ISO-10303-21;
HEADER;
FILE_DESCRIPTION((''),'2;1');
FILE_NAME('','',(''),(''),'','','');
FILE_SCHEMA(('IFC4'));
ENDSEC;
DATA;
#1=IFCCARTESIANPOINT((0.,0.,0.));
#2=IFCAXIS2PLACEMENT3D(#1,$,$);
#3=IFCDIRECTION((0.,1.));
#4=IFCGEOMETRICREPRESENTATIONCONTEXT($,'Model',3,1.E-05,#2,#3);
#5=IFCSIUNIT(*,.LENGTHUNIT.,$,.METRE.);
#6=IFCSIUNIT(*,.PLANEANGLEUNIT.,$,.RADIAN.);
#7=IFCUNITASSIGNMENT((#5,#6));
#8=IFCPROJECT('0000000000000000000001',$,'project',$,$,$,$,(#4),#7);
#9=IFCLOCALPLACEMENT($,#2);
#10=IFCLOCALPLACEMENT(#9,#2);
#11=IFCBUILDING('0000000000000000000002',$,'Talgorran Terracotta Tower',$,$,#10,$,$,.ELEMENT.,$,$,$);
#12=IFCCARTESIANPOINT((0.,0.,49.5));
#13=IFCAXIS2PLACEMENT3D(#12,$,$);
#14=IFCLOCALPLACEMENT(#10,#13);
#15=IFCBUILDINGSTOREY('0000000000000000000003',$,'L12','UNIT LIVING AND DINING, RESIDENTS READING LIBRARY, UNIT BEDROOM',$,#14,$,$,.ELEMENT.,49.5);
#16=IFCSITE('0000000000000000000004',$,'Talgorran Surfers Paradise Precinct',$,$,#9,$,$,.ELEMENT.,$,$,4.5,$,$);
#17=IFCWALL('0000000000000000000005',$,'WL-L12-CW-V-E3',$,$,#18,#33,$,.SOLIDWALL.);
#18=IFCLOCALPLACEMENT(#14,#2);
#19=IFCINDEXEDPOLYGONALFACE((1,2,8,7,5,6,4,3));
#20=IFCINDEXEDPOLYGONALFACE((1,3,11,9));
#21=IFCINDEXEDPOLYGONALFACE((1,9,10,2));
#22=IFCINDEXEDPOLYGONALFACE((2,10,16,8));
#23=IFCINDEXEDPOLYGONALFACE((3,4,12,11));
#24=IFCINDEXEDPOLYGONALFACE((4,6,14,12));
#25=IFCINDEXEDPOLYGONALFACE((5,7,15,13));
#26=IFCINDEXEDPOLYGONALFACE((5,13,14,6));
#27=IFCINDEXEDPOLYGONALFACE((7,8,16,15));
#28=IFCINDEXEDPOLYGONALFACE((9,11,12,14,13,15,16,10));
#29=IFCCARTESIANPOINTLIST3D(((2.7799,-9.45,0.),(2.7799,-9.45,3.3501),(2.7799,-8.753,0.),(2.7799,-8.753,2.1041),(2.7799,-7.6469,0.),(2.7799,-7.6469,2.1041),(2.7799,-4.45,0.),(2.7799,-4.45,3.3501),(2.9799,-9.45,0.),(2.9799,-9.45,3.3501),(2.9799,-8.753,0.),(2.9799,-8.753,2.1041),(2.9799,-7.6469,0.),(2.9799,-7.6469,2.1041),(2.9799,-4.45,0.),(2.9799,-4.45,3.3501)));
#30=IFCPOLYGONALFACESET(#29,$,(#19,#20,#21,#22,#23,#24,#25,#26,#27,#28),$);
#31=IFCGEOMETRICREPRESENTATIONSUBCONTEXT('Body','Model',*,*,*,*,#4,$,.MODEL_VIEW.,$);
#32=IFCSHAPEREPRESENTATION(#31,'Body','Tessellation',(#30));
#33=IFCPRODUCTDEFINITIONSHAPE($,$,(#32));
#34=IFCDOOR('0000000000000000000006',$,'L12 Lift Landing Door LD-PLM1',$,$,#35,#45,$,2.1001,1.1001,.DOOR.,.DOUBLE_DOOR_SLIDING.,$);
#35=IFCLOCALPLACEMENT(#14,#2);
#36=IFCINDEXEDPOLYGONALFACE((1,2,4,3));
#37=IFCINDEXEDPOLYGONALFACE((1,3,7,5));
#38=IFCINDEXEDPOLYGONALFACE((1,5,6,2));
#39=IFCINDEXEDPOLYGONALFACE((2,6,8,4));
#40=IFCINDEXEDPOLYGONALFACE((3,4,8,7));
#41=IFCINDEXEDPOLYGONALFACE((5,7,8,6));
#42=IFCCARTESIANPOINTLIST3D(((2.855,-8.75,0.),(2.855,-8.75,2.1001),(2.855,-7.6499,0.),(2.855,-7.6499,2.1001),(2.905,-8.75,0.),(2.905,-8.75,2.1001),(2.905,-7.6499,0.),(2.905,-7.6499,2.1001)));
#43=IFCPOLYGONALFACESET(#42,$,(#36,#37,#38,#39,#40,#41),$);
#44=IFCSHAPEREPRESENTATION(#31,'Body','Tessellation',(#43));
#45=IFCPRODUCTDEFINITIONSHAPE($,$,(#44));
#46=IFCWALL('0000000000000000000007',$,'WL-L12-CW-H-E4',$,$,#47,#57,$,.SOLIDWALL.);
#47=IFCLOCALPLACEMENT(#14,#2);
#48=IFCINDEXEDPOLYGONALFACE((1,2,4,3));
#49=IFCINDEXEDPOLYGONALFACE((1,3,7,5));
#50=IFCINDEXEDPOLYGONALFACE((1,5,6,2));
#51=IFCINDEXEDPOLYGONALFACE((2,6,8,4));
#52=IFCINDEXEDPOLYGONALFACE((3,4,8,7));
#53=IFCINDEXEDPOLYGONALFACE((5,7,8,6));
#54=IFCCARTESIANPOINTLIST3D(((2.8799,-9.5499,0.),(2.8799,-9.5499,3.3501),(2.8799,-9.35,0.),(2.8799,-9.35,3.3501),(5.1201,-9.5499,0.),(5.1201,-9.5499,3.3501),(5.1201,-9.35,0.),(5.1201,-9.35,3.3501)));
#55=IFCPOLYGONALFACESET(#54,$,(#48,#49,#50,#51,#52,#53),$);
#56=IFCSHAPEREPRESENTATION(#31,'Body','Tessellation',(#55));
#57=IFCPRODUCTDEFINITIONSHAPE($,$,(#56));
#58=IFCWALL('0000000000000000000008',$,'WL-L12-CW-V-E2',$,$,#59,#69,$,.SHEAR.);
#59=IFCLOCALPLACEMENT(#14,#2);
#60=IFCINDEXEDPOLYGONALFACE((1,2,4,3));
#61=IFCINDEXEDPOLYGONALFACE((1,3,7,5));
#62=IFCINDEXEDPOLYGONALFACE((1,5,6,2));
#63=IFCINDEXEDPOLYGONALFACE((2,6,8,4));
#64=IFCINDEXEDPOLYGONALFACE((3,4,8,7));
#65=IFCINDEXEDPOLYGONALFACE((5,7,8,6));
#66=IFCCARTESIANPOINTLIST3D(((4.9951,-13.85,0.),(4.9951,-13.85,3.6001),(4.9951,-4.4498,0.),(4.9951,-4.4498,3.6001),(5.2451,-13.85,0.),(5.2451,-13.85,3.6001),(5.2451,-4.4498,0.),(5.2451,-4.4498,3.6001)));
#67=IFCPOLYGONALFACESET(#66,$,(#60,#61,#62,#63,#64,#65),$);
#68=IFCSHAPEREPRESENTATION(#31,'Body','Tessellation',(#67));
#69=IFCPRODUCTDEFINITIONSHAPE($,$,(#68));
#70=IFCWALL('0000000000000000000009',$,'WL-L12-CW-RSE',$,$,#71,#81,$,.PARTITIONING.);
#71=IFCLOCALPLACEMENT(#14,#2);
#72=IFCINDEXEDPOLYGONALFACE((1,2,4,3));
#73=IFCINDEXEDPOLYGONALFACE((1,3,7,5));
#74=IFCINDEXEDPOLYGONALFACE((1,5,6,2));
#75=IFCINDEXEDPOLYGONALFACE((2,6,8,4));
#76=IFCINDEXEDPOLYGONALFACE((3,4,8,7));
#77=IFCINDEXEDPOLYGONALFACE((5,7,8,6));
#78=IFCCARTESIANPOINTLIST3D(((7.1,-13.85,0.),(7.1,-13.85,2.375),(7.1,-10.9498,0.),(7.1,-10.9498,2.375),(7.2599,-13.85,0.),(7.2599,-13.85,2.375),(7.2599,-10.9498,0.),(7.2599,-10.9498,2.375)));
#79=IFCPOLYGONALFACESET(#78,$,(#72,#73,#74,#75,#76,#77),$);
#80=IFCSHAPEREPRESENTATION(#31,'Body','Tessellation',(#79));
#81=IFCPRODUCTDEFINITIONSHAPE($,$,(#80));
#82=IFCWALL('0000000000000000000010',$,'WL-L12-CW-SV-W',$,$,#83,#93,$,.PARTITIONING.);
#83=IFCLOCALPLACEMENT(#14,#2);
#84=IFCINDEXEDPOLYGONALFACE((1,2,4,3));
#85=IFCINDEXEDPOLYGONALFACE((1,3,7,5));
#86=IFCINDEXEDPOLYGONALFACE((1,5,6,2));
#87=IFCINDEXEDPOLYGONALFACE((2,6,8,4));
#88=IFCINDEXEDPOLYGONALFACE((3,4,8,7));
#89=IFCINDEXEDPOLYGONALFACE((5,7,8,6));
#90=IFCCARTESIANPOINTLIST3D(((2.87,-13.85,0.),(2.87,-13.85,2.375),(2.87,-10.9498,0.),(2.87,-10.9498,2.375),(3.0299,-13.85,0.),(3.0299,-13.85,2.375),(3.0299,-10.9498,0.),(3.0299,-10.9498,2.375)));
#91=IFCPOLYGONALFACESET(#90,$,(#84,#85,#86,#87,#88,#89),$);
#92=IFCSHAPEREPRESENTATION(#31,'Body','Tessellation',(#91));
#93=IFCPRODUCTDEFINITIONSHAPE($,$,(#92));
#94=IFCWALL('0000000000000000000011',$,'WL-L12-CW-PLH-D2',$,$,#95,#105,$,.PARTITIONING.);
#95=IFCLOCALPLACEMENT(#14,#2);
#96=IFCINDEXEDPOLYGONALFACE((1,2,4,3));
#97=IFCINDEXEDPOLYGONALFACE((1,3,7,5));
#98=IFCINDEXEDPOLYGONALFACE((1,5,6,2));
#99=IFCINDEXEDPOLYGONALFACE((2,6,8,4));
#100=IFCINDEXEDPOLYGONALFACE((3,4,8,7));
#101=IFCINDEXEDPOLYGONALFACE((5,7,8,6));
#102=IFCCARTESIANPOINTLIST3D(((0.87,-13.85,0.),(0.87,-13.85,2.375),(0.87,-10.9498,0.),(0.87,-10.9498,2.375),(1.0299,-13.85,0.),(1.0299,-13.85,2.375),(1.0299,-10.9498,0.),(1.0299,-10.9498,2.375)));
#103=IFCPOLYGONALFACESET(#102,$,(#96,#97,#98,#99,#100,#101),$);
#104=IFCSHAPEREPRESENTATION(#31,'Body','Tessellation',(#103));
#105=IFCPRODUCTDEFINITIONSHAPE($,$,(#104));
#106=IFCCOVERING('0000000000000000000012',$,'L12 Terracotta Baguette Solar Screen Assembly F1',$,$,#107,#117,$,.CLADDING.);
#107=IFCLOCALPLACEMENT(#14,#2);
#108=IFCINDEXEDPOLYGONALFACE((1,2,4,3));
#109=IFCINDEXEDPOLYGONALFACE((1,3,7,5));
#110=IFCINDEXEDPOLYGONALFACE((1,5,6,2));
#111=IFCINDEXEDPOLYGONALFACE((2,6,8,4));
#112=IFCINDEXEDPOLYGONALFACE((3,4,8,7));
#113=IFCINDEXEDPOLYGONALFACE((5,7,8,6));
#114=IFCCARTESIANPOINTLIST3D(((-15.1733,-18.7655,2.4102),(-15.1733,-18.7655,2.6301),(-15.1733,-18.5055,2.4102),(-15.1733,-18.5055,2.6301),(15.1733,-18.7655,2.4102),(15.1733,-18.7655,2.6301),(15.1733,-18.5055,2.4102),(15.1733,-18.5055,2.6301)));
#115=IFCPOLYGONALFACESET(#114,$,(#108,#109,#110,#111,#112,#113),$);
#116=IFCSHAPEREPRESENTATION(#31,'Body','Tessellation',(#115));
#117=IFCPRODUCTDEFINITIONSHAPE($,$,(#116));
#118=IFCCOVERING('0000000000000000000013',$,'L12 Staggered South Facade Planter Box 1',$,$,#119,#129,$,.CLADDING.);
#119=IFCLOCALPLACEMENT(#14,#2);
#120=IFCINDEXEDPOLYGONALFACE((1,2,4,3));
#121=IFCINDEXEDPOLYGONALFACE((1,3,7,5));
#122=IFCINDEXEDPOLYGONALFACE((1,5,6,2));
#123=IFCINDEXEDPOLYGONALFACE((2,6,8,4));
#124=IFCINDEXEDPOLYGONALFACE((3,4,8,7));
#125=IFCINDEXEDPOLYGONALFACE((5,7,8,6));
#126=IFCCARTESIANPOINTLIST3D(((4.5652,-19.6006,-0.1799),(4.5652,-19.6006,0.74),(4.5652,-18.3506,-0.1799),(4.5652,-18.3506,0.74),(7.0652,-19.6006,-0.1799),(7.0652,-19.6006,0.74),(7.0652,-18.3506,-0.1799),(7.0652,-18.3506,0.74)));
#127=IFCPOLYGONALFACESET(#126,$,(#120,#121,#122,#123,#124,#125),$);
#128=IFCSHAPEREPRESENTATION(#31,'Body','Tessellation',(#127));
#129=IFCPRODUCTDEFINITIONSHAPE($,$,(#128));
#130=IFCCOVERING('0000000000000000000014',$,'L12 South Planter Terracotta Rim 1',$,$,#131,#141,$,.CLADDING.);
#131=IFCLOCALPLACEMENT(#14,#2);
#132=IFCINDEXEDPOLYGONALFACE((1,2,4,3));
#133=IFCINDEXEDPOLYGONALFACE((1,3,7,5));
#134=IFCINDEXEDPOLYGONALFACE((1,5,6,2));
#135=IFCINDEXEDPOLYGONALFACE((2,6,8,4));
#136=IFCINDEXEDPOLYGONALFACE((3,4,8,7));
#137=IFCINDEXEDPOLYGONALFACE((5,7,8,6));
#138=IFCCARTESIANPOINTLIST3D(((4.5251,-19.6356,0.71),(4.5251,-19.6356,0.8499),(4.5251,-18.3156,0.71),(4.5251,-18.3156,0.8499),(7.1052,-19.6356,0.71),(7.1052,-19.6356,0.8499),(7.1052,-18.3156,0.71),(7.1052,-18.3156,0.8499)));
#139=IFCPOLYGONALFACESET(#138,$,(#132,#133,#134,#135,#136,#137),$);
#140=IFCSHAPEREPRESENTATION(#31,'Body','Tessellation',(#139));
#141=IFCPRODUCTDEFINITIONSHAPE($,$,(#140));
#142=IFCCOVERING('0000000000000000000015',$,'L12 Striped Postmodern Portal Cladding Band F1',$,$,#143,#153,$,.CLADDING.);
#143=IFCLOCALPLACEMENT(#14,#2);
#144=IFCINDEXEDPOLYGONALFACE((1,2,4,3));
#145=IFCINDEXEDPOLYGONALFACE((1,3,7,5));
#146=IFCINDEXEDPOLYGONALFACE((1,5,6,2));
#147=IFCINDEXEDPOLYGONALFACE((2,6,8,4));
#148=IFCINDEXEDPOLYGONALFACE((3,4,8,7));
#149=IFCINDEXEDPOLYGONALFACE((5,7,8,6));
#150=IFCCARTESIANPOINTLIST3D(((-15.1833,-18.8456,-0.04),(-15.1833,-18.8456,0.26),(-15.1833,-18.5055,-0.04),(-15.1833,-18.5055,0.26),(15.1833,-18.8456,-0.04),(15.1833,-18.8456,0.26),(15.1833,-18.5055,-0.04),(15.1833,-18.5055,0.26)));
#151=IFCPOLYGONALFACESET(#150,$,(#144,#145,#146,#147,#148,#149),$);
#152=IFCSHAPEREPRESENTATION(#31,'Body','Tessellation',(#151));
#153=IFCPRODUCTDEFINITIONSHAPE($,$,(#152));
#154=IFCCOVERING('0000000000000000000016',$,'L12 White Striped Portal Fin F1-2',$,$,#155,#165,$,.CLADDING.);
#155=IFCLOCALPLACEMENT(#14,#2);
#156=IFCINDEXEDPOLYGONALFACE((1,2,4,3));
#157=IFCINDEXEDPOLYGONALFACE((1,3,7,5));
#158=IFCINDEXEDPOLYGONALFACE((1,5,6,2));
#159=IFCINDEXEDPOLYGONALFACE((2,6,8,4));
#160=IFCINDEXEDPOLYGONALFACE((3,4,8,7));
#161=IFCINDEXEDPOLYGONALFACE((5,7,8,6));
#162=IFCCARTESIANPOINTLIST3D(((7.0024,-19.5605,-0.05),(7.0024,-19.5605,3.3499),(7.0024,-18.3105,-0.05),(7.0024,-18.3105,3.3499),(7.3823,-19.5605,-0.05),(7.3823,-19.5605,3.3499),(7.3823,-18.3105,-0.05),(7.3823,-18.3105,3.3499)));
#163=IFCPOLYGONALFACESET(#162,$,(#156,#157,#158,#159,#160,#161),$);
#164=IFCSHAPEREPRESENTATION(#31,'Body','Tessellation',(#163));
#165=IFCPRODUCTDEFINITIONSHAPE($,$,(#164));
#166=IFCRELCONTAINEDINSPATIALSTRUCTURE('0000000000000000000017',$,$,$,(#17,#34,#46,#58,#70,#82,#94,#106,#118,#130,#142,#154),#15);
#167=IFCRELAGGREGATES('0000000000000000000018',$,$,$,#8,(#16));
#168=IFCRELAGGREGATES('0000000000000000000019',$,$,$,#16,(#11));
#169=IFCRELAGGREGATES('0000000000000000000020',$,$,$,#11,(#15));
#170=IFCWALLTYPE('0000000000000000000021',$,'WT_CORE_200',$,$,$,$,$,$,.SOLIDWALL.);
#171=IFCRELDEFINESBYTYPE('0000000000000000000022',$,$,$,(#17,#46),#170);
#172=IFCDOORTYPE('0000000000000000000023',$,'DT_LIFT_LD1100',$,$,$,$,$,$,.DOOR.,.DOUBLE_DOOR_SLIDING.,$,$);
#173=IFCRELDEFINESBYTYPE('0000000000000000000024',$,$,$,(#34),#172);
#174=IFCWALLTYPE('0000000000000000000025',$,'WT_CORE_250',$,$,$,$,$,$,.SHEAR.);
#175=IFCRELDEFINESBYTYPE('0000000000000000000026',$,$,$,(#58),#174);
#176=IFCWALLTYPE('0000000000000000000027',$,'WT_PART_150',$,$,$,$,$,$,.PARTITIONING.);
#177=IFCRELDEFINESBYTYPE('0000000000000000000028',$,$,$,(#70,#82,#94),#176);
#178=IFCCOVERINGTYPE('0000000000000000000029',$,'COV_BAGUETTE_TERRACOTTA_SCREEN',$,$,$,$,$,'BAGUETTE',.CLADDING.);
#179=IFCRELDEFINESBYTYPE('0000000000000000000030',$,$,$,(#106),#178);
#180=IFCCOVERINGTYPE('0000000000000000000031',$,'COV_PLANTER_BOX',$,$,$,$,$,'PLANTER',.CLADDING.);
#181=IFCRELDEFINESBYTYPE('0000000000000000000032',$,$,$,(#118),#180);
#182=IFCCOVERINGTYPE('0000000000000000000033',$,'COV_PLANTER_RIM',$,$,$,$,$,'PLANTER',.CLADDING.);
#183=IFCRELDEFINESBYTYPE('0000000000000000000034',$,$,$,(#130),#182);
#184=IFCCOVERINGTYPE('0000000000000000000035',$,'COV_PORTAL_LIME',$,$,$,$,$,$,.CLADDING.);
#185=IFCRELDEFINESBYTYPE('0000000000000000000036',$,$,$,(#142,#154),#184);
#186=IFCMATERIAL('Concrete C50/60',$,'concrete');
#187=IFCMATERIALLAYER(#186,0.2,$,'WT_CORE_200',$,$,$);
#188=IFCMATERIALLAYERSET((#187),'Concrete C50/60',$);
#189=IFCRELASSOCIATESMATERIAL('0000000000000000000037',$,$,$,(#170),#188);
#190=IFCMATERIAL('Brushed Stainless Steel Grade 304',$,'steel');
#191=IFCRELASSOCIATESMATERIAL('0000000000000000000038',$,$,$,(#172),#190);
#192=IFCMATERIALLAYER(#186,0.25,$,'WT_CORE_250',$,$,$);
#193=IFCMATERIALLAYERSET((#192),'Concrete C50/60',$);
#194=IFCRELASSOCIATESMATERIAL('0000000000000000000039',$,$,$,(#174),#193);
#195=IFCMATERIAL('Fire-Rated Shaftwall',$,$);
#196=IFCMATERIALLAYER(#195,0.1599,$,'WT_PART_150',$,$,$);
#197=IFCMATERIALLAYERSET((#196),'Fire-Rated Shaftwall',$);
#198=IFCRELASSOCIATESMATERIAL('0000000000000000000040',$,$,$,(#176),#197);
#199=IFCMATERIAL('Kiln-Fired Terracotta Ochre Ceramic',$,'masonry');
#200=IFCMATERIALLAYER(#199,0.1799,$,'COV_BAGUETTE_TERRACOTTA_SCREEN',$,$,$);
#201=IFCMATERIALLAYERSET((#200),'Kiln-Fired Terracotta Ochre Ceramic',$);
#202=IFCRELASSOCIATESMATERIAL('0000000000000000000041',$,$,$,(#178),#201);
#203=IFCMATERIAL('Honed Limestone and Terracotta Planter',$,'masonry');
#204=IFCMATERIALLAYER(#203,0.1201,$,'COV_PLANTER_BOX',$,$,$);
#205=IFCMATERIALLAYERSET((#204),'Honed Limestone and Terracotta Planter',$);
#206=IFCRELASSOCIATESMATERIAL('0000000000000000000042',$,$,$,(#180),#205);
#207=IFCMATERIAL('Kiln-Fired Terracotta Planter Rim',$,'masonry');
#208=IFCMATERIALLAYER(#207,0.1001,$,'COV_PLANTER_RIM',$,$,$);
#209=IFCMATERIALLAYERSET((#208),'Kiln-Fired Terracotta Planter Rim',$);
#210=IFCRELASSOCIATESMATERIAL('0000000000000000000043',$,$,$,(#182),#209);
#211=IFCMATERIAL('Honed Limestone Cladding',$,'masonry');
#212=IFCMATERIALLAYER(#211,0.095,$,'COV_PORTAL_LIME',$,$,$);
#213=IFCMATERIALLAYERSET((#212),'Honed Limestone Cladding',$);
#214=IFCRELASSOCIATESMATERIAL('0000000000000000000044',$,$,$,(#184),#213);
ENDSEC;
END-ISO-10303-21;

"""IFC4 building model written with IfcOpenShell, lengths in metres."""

from ifc_helpers import new_model, si_unit, direction, frame, frame_2d, origin, origin_2d, place, context, subcontext, project, spatial, rectangle, extrude, material, layer, layer_set, type_object, element, fill, save


model = new_model("IFC4")

# Units and contexts
model_context = context("Model", 3, precision=1e-05, world=origin(), true_north=direction((0.0, 1.0)))
body_context = subcontext(model_context, "Body", "Model", "MODEL_VIEW")
ifc_project = project(units=[si_unit("LENGTHUNIT", "METRE"), si_unit("PLANEANGLEUNIT", "RADIAN")], contexts=[model_context])

# Site, building, storey
site_placement = place(None, origin())
site = spatial("IfcSite", under=ifc_project, at=site_placement, Name="Talgorran Surfers Paradise Precinct", CompositionType="ELEMENT", RefElevation=4.5)
building_placement = place(site_placement, origin())
building = spatial("IfcBuilding", under=site, at=building_placement, Name="Talgorran Terracotta Tower", CompositionType="ELEMENT")
storey_placement = place(building_placement, frame((0.0, 0.0, 49.5)))
storey = spatial("IfcBuildingStorey", under=building, at=storey_placement, Name="L12", Description="UNIT LIVING AND DINING, RESIDENTS READING LIBRARY, UNIT BEDROOM", CompositionType="ELEMENT", Elevation=49.5)

# Shared definitions
ifc_material_1 = material(Name="Concrete C50/60", Category="concrete")
ifc_layer_1 = layer(ifc_material_1, 0.2, Name="WT_CORE_200")
ifc_layer_set_1 = layer_set([ifc_layer_1], Name="Concrete C50/60")
wall_type_1 = type_object("IfcWallType", Name="WT_CORE_200", PredefinedType="SOLIDWALL", material=ifc_layer_set_1)
ifc_material_2 = material(Name="Brushed Stainless Steel Grade 304", Category="steel")
door_type_1 = type_object("IfcDoorType", Name="DT_LIFT_LD1100", OperationType="DOUBLE_DOOR_SLIDING", PredefinedType="DOOR", material=ifc_material_2)

# Wall, opening, door
wall_1_placement = place(storey_placement, frame((2.8799, -9.45, 0.0), z_axis=(0.0, 0.0, 1.0), x_axis=(0.0, 1.0, 0.0)))
wall_1 = element("IfcWall", 1, at=wall_1_placement, inside=storey, type_object=wall_type_1, Name="WL-L12-CW-V-E3", PredefinedType="SOLIDWALL", context=body_context, shape_type="SweptSolid", body=[
    extrude(rectangle(XDim=5.0, YDim=0.2, at=frame_2d((2.5, 0.0))), origin(), (0.0, 0.0, 1.0), 3.3501),
])
opening_1_placement = place(wall_1_placement, frame((0.7, 0.0, 0.0)))
opening_1 = element("IfcOpeningElement", 2, at=opening_1_placement, cuts=wall_1, PredefinedType="OPENING", context=body_context, shape_type="SweptSolid", body=[
    extrude(rectangle(XDim=1.1061, YDim=2.1041, at=frame_2d((0.55, 1.052))), frame((0.0, 0.1099, 0.0), z_axis=(0.0, -1.0, 0.0), x_axis=(1.0, 0.0, 0.0)), (0.0, 0.0, 1.0), 0.22),
])
door_1_placement = place(opening_1_placement, origin())
door_1 = element("IfcDoor", 3, at=door_1_placement, inside=storey, type_object=door_type_1, Name="L12 Lift Landing Door LD-PLM1", OperationType="DOUBLE_DOOR_SLIDING", OverallHeight=2.1001, OverallWidth=1.1001, PredefinedType="DOOR", context=body_context, shape_type="SweptSolid", body=[
    extrude(rectangle(XDim=1.1001, YDim=2.1001, at=frame_2d((0.55, 1.05))), frame((0.0, 0.0249, 0.0), z_axis=(0.0, -1.0, 0.0), x_axis=(1.0, 0.0, 0.0)), (0.0, 0.0, 1.0), 0.05),
])
fill(opening_1, door_1)

# Walls
wall_2_placement = place(storey_placement, frame((2.8799, -9.45, 0.0), z_axis=(0.0, 0.0, 1.0), x_axis=(1.0, 0.0, 0.0)))
element("IfcWall", 4, at=wall_2_placement, inside=storey, type_object=wall_type_1, Name="WL-L12-CW-H-E4", PredefinedType="SOLIDWALL", context=body_context, shape_type="SweptSolid", body=[
    extrude(rectangle(XDim=2.2402, YDim=0.2, at=frame_2d((1.1201, 0.0))), origin(), (0.0, 0.0, 1.0), 3.3501),
])
ifc_layer_2 = layer(ifc_material_1, 0.25, Name="WT_CORE_250")
ifc_layer_set_2 = layer_set([ifc_layer_2], Name="Concrete C50/60")
wall_type_2 = type_object("IfcWallType", Name="WT_CORE_250", PredefinedType="SHEAR", material=ifc_layer_set_2)
wall_3_placement = place(storey_placement, frame((5.1201, -13.8501, 0.0), z_axis=(0.0, 0.0, 1.0), x_axis=(0.0, 1.0, 0.0)))
element("IfcWall", 5, at=wall_3_placement, inside=storey, type_object=wall_type_2, Name="WL-L12-CW-V-E2", PredefinedType="SHEAR", context=body_context, shape_type="SweptSolid", body=[
    extrude(rectangle(XDim=9.4001, YDim=0.25, at=frame_2d((4.7002, 0.0))), origin(), (0.0, 0.0, 1.0), 3.6001),
])
ifc_material_3 = material(Name="Fire-Rated Shaftwall")
ifc_layer_3 = layer(ifc_material_3, 0.1599, Name="WT_PART_150")
ifc_layer_set_3 = layer_set([ifc_layer_3], Name="Fire-Rated Shaftwall")
wall_type_3 = type_object("IfcWallType", Name="WT_PART_150", PredefinedType="PARTITIONING", material=ifc_layer_set_3)
for number, where, z_axis, x_axis, name in (
    (6, (7.1799, -13.8501, 0.0), (0.0, 0.0, 1.0), (0.0, 1.0, 0.0), "WL-L12-CW-RSE"),
    (7, (2.95, -13.8501, 0.0), (0.0, 0.0, 1.0), (0.0, 1.0, 0.0), "WL-L12-CW-SV-W"),
    (8, (0.95, -13.8501, 0.0), (0.0, 0.0, 1.0), (0.0, 1.0, 0.0), "WL-L12-CW-PLH-D2"),
):
    element("IfcWall", number, at=place(storey_placement, frame(where, z_axis=z_axis, x_axis=x_axis)), inside=storey, type_object=wall_type_3, Name=name, PredefinedType="PARTITIONING", context=body_context, shape_type="SweptSolid", body=[
        extrude(rectangle(XDim=2.9001, YDim=0.1599, at=frame_2d((1.4502, 0.0))), origin(), (0.0, 0.0, 1.0), 2.375),
    ])

# Coverings
ifc_material_4 = material(Name="Kiln-Fired Terracotta Ochre Ceramic", Category="masonry")
ifc_layer_4 = layer(ifc_material_4, 0.1799, Name="COV_BAGUETTE_TERRACOTTA_SCREEN")
ifc_layer_set_4 = layer_set([ifc_layer_4], Name="Kiln-Fired Terracotta Ochre Ceramic")
covering_type_1 = type_object("IfcCoveringType", Name="COV_BAGUETTE_TERRACOTTA_SCREEN", ElementType="BAGUETTE", PredefinedType="CLADDING", material=ifc_layer_set_4)
covering_1_placement = place(storey_placement, frame((0.0, -18.6355, 2.4102), z_axis=(0.0, 0.0, 1.0), x_axis=(1.0, 0.0, 0.0)))
element("IfcCovering", 9, at=covering_1_placement, inside=storey, type_object=covering_type_1, Name="L12 Terracotta Baguette Solar Screen Assembly F1", PredefinedType="CLADDING", context=body_context, shape_type="SweptSolid", body=[
    extrude(rectangle(XDim=30.3467, YDim=0.26, at=origin_2d()), origin(), (0.0, 0.0, 1.0), 0.22),
])
ifc_material_5 = material(Name="Honed Limestone and Terracotta Planter", Category="masonry")
ifc_layer_5 = layer(ifc_material_5, 0.1201, Name="COV_PLANTER_BOX")
ifc_layer_set_5 = layer_set([ifc_layer_5], Name="Honed Limestone and Terracotta Planter")
covering_type_2 = type_object("IfcCoveringType", Name="COV_PLANTER_BOX", ElementType="PLANTER", PredefinedType="CLADDING", material=ifc_layer_set_5)
covering_2_placement = place(storey_placement, frame((5.8152, -18.9756, -0.1799), z_axis=(0.0, 0.0, 1.0), x_axis=(1.0, 0.0, 0.0)))
element("IfcCovering", 10, at=covering_2_placement, inside=storey, type_object=covering_type_2, Name="L12 Staggered South Facade Planter Box 1", PredefinedType="CLADDING", context=body_context, shape_type="SweptSolid", body=[
    extrude(rectangle(XDim=2.5, YDim=1.25, at=origin_2d()), origin(), (0.0, 0.0, 1.0), 0.9199),
])
ifc_material_6 = material(Name="Kiln-Fired Terracotta Planter Rim", Category="masonry")
ifc_layer_6 = layer(ifc_material_6, 0.1001, Name="COV_PLANTER_RIM")
ifc_layer_set_6 = layer_set([ifc_layer_6], Name="Kiln-Fired Terracotta Planter Rim")
covering_type_3 = type_object("IfcCoveringType", Name="COV_PLANTER_RIM", ElementType="PLANTER", PredefinedType="CLADDING", material=ifc_layer_set_6)
covering_3_placement = place(storey_placement, frame((5.8152, -18.9756, 0.71), z_axis=(0.0, 0.0, 1.0), x_axis=(1.0, 0.0, 0.0)))
element("IfcCovering", 11, at=covering_3_placement, inside=storey, type_object=covering_type_3, Name="L12 South Planter Terracotta Rim 1", PredefinedType="CLADDING", context=body_context, shape_type="SweptSolid", body=[
    extrude(rectangle(XDim=2.5801, YDim=1.3201, at=origin_2d()), origin(), (0.0, 0.0, 1.0), 0.1399),
])
ifc_material_7 = material(Name="Honed Limestone Cladding", Category="masonry")
ifc_layer_7 = layer(ifc_material_7, 0.095, Name="COV_PORTAL_LIME")
ifc_layer_set_7 = layer_set([ifc_layer_7], Name="Honed Limestone Cladding")
covering_type_4 = type_object("IfcCoveringType", Name="COV_PORTAL_LIME", PredefinedType="CLADDING", material=ifc_layer_set_7)
covering_4_placement = place(storey_placement, frame((0.0, -18.6755, -0.04), z_axis=(0.0, 0.0, 1.0), x_axis=(1.0, 0.0, 0.0)))
element("IfcCovering", 12, at=covering_4_placement, inside=storey, type_object=covering_type_4, Name="L12 Striped Postmodern Portal Cladding Band F1", PredefinedType="CLADDING", context=body_context, shape_type="SweptSolid", body=[
    extrude(rectangle(XDim=30.3667, YDim=0.3401, at=origin_2d()), origin(), (0.0, 0.0, 1.0), 0.3),
])
covering_5_placement = place(storey_placement, frame((7.1924, -18.9355, -0.05), z_axis=(0.0, 0.0, 1.0), x_axis=(1.0, 0.0, 0.0)))
element("IfcCovering", 13, at=covering_5_placement, inside=storey, type_object=covering_type_4, Name="L12 White Striped Portal Fin F1-2", PredefinedType="CLADDING", context=body_context, shape_type="SweptSolid", body=[
    extrude(rectangle(XDim=0.3799, YDim=1.25, at=origin_2d()), origin(), (0.0, 0.0, 1.0), 3.3999),
])

save(model, "model.ifc")
